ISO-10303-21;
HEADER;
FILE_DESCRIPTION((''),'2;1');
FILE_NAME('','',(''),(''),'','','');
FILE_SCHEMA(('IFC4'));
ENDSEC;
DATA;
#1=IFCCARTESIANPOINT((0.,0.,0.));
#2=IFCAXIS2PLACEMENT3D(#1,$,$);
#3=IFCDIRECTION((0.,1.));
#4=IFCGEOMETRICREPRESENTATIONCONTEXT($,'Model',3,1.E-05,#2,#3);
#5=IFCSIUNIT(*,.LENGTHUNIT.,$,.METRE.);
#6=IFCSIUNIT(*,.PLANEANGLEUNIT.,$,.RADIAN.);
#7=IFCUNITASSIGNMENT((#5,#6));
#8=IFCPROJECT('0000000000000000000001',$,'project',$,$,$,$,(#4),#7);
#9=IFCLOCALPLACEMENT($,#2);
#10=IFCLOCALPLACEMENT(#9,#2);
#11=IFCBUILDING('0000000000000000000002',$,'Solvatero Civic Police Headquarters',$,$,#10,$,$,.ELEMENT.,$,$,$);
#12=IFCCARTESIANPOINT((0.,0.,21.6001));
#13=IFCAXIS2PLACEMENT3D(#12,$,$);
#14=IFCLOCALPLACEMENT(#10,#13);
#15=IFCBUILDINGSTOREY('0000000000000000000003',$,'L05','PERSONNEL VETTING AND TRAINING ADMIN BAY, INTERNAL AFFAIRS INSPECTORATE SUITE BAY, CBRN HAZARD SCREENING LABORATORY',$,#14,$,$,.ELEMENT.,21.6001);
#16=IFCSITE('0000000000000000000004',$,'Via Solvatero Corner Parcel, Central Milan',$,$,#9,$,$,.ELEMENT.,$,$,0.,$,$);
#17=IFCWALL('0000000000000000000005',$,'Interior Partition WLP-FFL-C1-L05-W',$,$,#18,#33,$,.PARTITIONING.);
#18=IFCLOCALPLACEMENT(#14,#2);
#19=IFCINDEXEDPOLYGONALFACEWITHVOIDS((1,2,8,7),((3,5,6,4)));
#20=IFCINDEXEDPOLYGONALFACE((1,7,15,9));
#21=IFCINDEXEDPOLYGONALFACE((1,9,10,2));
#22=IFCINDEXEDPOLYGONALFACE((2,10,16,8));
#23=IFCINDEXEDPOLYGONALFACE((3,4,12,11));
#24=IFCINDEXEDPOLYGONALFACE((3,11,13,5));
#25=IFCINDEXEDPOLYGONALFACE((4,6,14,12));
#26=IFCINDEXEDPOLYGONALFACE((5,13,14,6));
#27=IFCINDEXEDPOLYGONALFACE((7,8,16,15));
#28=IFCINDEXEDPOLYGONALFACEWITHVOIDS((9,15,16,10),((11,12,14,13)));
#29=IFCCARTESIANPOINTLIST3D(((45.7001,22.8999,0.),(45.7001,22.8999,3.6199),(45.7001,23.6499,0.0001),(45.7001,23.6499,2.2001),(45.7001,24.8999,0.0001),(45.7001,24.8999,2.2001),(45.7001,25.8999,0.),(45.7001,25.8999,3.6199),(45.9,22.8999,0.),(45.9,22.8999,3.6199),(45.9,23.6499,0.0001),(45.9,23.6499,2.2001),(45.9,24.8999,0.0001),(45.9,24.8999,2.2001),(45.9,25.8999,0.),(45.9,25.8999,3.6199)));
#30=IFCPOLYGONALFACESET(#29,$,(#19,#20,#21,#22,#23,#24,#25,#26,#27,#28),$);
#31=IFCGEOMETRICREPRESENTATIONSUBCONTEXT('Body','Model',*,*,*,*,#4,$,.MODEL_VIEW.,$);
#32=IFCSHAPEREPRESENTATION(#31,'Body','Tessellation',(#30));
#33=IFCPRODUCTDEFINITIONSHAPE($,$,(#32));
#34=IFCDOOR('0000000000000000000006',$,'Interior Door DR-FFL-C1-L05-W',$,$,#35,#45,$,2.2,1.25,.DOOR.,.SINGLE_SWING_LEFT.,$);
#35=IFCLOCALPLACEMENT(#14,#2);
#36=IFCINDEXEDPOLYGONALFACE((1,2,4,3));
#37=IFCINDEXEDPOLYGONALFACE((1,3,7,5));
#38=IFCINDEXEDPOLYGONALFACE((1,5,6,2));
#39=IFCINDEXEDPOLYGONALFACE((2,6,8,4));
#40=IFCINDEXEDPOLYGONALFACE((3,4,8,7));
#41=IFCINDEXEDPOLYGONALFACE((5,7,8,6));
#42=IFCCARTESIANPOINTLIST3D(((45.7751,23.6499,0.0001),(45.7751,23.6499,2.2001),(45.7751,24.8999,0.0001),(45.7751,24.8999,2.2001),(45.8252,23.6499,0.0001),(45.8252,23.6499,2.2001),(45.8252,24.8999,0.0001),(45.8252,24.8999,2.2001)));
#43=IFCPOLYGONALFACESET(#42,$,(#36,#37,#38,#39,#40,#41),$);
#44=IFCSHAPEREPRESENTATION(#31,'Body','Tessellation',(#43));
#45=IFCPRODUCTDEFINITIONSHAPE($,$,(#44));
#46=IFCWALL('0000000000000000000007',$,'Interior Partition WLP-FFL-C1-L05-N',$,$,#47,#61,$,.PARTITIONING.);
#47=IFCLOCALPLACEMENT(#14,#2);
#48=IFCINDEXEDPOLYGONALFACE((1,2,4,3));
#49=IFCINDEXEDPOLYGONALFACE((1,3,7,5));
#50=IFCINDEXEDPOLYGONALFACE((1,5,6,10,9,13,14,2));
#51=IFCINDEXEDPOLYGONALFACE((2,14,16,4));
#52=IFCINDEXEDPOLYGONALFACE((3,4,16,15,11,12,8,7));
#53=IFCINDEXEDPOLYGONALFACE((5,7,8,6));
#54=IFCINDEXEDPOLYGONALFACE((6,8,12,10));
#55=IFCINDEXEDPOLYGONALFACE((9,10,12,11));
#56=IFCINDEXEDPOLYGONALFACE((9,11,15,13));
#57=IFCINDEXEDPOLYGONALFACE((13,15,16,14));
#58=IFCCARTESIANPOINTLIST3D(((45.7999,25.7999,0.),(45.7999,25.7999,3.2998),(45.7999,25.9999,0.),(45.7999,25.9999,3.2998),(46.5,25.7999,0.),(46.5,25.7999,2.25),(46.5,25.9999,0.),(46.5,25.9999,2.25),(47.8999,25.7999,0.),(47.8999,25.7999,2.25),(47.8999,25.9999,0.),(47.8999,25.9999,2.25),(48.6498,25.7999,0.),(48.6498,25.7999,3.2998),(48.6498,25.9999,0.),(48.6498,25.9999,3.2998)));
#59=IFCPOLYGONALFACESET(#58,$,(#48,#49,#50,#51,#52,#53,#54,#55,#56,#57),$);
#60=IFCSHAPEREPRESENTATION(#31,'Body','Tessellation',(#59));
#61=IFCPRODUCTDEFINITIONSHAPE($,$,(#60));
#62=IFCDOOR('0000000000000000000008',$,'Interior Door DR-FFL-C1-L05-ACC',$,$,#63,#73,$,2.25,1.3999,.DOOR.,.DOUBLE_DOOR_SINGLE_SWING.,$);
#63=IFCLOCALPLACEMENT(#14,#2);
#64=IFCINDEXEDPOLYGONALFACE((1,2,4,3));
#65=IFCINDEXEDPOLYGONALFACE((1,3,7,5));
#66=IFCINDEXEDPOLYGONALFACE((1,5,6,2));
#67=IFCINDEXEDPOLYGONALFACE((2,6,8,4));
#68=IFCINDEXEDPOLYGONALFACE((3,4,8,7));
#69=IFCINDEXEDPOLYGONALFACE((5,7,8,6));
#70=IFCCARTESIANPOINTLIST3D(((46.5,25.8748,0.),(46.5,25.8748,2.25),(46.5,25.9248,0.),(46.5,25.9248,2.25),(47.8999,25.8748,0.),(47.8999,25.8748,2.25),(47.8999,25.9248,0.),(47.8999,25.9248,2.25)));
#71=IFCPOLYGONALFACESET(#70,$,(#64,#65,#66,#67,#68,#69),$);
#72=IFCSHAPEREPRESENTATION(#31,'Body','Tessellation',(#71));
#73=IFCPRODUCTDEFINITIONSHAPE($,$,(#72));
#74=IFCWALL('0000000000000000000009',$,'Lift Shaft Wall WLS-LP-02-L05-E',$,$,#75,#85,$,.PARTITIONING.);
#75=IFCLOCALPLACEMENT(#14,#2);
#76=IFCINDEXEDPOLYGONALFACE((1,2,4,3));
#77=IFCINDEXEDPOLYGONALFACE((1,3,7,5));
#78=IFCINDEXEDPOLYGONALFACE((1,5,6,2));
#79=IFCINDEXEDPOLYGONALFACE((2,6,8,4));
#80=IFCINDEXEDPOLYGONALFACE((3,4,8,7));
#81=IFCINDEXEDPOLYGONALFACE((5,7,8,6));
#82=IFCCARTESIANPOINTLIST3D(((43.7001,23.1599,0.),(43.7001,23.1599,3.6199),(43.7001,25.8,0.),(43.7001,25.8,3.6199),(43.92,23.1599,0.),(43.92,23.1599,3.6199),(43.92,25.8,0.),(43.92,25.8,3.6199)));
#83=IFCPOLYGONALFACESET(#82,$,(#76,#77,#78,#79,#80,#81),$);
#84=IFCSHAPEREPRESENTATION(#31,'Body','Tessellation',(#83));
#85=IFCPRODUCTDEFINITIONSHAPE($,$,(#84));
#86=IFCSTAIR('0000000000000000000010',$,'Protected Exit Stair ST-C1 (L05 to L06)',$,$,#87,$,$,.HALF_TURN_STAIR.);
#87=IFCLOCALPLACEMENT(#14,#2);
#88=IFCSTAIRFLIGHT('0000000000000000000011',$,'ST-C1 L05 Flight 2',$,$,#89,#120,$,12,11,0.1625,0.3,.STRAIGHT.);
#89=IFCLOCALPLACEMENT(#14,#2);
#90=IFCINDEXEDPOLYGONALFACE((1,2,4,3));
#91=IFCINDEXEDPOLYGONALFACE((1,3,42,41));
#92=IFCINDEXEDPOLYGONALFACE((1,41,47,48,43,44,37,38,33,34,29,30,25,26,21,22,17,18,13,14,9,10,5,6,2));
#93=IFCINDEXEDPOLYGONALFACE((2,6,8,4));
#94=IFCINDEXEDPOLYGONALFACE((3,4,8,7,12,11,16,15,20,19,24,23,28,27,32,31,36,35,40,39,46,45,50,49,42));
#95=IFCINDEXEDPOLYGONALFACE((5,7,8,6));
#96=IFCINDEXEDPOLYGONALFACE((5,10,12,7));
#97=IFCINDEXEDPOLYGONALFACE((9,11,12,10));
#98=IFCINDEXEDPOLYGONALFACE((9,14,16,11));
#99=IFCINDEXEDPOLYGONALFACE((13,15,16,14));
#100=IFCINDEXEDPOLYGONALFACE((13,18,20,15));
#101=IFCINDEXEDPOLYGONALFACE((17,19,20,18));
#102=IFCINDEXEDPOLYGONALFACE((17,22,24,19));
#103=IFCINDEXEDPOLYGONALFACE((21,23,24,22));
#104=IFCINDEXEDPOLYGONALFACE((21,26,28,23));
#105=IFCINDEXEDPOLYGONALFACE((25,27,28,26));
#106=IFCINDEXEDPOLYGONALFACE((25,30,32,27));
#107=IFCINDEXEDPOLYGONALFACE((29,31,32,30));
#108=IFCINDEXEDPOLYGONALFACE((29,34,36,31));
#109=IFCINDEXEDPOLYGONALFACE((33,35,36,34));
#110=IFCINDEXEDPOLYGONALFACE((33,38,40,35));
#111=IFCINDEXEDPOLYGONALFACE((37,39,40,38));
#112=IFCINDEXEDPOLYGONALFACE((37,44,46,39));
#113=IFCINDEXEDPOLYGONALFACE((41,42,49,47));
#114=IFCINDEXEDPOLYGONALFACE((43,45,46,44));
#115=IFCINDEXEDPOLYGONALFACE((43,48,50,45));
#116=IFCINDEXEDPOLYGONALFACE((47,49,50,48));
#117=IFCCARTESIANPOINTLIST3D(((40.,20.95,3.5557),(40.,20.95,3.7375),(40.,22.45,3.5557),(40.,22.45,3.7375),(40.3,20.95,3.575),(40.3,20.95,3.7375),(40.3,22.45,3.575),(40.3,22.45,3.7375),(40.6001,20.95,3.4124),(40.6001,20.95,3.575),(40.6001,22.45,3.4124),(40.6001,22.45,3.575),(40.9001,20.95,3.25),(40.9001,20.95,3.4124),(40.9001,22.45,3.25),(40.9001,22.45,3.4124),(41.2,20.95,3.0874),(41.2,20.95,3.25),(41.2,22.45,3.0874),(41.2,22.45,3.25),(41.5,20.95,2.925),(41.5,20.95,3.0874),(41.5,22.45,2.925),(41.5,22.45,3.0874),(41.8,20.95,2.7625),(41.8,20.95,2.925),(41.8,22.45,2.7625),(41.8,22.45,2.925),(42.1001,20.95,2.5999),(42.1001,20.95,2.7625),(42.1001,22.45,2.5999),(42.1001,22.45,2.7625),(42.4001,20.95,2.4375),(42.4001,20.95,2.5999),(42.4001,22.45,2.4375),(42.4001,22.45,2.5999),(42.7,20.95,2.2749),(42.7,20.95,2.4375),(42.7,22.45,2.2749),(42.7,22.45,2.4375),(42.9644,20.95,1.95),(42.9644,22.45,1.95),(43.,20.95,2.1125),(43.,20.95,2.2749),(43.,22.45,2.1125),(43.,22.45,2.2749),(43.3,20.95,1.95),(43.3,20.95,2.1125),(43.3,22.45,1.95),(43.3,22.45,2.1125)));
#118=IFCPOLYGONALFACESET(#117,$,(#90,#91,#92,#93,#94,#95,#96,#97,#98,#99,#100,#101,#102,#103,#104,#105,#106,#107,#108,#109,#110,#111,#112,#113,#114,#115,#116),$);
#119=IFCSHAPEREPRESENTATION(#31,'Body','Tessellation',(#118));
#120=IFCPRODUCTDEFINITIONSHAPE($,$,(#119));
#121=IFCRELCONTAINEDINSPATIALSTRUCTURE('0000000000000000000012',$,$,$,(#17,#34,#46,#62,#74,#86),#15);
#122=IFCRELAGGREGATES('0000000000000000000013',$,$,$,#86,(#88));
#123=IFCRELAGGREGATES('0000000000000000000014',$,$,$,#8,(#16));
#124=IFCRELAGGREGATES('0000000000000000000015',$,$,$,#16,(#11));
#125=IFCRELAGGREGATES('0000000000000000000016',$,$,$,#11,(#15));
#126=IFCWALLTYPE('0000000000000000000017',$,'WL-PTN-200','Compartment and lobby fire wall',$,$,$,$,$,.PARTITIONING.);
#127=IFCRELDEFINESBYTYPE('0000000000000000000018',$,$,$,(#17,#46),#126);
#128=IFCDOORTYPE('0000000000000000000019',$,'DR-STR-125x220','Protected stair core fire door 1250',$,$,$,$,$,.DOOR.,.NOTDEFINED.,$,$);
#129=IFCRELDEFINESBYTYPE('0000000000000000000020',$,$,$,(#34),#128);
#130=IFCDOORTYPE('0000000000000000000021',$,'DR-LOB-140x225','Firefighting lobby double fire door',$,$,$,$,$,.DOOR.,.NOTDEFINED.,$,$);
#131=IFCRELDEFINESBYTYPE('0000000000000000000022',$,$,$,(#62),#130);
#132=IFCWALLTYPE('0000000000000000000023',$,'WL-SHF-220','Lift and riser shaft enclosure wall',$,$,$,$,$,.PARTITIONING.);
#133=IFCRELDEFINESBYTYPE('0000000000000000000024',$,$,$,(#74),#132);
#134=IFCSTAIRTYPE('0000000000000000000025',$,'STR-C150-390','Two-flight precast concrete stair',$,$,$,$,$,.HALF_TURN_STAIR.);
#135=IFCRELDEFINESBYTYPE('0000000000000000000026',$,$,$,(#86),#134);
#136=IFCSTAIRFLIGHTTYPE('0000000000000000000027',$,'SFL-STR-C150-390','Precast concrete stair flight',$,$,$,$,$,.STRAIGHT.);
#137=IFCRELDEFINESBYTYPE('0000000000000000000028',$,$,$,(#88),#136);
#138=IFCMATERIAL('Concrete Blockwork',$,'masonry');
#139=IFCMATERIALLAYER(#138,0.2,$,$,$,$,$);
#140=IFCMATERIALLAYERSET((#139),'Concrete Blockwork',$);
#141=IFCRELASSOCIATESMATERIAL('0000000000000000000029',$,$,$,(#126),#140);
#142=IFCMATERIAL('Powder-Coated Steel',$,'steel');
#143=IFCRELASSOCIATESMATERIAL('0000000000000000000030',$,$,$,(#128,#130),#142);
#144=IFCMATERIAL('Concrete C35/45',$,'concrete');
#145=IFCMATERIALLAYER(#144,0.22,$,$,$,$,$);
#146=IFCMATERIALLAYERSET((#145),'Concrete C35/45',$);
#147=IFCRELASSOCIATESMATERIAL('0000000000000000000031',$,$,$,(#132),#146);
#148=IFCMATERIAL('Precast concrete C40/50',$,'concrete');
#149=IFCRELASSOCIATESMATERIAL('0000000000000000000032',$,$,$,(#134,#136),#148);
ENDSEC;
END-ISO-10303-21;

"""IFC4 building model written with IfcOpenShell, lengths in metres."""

from ifc_helpers import new_model, si_unit, direction, frame, frame_2d, origin, place, context, subcontext, project, spatial, polyline, rectangle, outline, extrude, material, layer, layer_set, type_object, element, fill, aggregate, save


model = new_model("IFC4")

# Units and contexts
model_context = context("Model", 3, precision=1e-05, world=origin(), true_north=direction((0.0, 1.0)))
body_context = subcontext(model_context, "Body", "Model", "MODEL_VIEW")
ifc_project = project(units=[si_unit("LENGTHUNIT", "METRE"), si_unit("PLANEANGLEUNIT", "RADIAN")], contexts=[model_context])

# Site, building, storey
site_placement = place(None, origin())
site = spatial("IfcSite", under=ifc_project, at=site_placement, Name="Via Solvatero Corner Parcel, Central Milan", CompositionType="ELEMENT", RefElevation=0.0)
building_placement = place(site_placement, origin())
building = spatial("IfcBuilding", under=site, at=building_placement, Name="Solvatero Civic Police Headquarters", CompositionType="ELEMENT")
storey_placement = place(building_placement, frame((0.0, 0.0, 21.6001)))
storey = spatial("IfcBuildingStorey", under=building, at=storey_placement, Name="L05", Description="PERSONNEL VETTING AND TRAINING ADMIN BAY, INTERNAL AFFAIRS INSPECTORATE SUITE BAY, CBRN HAZARD SCREENING LABORATORY", CompositionType="ELEMENT", Elevation=21.6001)

# Walls, openings, doors
ifc_material_1 = material(Name="Concrete Blockwork", Category="masonry")
ifc_layer_1 = layer(ifc_material_1, 0.2)
ifc_layer_set_1 = layer_set([ifc_layer_1], Name="Concrete Blockwork")
wall_type_1 = type_object("IfcWallType", Name="WL-PTN-200", Description="Compartment and lobby fire wall", PredefinedType="PARTITIONING", material=ifc_layer_set_1)
wall_1_placement = place(storey_placement, frame((45.8, 22.8999, 0.0), z_axis=(0.0, 0.0, 1.0), x_axis=(0.0, 1.0, 0.0)))
wall_1 = element("IfcWall", 1, at=wall_1_placement, inside=storey, type_object=wall_type_1, Name="Interior Partition WLP-FFL-C1-L05-W", PredefinedType="PARTITIONING", context=body_context, shape_type="SweptSolid", body=[
    extrude(rectangle(XDim=3.0, YDim=0.2, at=frame_2d((1.5, 0.0))), origin(), (0.0, 0.0, 1.0), 3.6199),
])
opening_1_placement = place(wall_1_placement, frame((0.75, 0.0, 0.0)))
opening_1 = element("IfcOpeningElement", 2, at=opening_1_placement, cuts=wall_1, PredefinedType="OPENING", context=body_context, shape_type="SweptSolid", body=[
    extrude(rectangle(XDim=1.25, YDim=2.2, at=frame_2d((0.625, 1.1001))), frame((0.0, 0.1099, 0.0), z_axis=(0.0, -1.0, 0.0), x_axis=(1.0, 0.0, 0.0)), (0.0, 0.0, 1.0), 0.22),
])
ifc_material_2 = material(Name="Powder-Coated Steel", Category="steel")
door_type_1 = type_object("IfcDoorType", Name="DR-STR-125x220", Description="Protected stair core fire door 1250", OperationType="NOTDEFINED", PredefinedType="DOOR", material=ifc_material_2)
door_1_placement = place(opening_1_placement, origin())
door_1 = element("IfcDoor", 3, at=door_1_placement, inside=storey, type_object=door_type_1, Name="Interior Door DR-FFL-C1-L05-W", OperationType="SINGLE_SWING_LEFT", OverallHeight=2.2, OverallWidth=1.25, PredefinedType="DOOR", context=body_context, shape_type="SweptSolid", body=[
    extrude(rectangle(XDim=1.25, YDim=2.2, at=frame_2d((0.625, 1.1001))), frame((0.0, 0.0249, 0.0), z_axis=(0.0, -1.0, 0.0), x_axis=(1.0, 0.0, 0.0)), (0.0, 0.0, 1.0), 0.05),
])
fill(opening_1, door_1)
wall_2_placement = place(storey_placement, frame((45.8, 25.8999, 0.0), z_axis=(0.0, 0.0, 1.0), x_axis=(1.0, 0.0, 0.0)))
wall_2 = element("IfcWall", 4, at=wall_2_placement, inside=storey, type_object=wall_type_1, Name="Interior Partition WLP-FFL-C1-L05-N", PredefinedType="PARTITIONING", context=body_context, shape_type="SweptSolid", body=[
    extrude(rectangle(XDim=2.8499, YDim=0.2, at=frame_2d((1.4248, 0.0))), origin(), (0.0, 0.0, 1.0), 3.2998),
])
opening_2_placement = place(wall_2_placement, frame((0.7, 0.0, 0.0)))
opening_2 = element("IfcOpeningElement", 5, at=opening_2_placement, cuts=wall_2, PredefinedType="OPENING", context=body_context, shape_type="SweptSolid", body=[
    extrude(rectangle(XDim=1.3999, YDim=2.25, at=frame_2d((0.7, 1.125))), frame((0.0, 0.1099, 0.0), z_axis=(0.0, -1.0, 0.0), x_axis=(1.0, 0.0, 0.0)), (0.0, 0.0, 1.0), 0.22),
])
door_type_2 = type_object("IfcDoorType", Name="DR-LOB-140x225", Description="Firefighting lobby double fire door", OperationType="NOTDEFINED", PredefinedType="DOOR", material=ifc_material_2)
door_2_placement = place(opening_2_placement, origin())
door_2 = element("IfcDoor", 6, at=door_2_placement, inside=storey, type_object=door_type_2, Name="Interior Door DR-FFL-C1-L05-ACC", OperationType="DOUBLE_DOOR_SINGLE_SWING", OverallHeight=2.25, OverallWidth=1.3999, PredefinedType="DOOR", context=body_context, shape_type="SweptSolid", body=[
    extrude(rectangle(XDim=1.3999, YDim=2.25, at=frame_2d((0.7, 1.125))), frame((0.0, 0.0249, 0.0), z_axis=(0.0, -1.0, 0.0), x_axis=(1.0, 0.0, 0.0)), (0.0, 0.0, 1.0), 0.05),
])
fill(opening_2, door_2)
ifc_material_3 = material(Name="Concrete C35/45", Category="concrete")
ifc_layer_2 = layer(ifc_material_3, 0.22)
ifc_layer_set_2 = layer_set([ifc_layer_2], Name="Concrete C35/45")
wall_type_2 = type_object("IfcWallType", Name="WL-SHF-220", Description="Lift and riser shaft enclosure wall", PredefinedType="PARTITIONING", material=ifc_layer_set_2)

# Wall
wall_3_placement = place(storey_placement, frame((43.8101, 23.1599, 0.0), z_axis=(0.0, 0.0, 1.0), x_axis=(0.0, 1.0, 0.0)))
element("IfcWall", 7, at=wall_3_placement, inside=storey, type_object=wall_type_2, Name="Lift Shaft Wall WLS-LP-02-L05-E", PredefinedType="PARTITIONING", context=body_context, shape_type="SweptSolid", body=[
    extrude(rectangle(XDim=2.6401, YDim=0.22, at=frame_2d((1.3201, 0.0))), origin(), (0.0, 0.0, 1.0), 3.6199),
])

# Stair, stair flight
ifc_material_4 = material(Name="Precast concrete C40/50", Category="concrete")
stair_type = type_object("IfcStairType", Name="STR-C150-390", Description="Two-flight precast concrete stair", PredefinedType="HALF_TURN_STAIR", material=ifc_material_4)
stair_placement = place(storey_placement, origin())
stair = element("IfcStair", 8, at=stair_placement, inside=storey, type_object=stair_type, Name="Protected Exit Stair ST-C1 (L05 to L06)", PredefinedType="HALF_TURN_STAIR")
stair_flight_type = type_object("IfcStairFlightType", Name="SFL-STR-C150-390", Description="Precast concrete stair flight", PredefinedType="STRAIGHT", material=ifc_material_4)
stair_flight_placement = place(storey_placement, frame((43.3, 21.7, 1.95), z_axis=(0.0, 0.0, 1.0), x_axis=(-1.0, 0.0, 0.0)))
stair_flight = element("IfcStairFlight", 9, at=stair_flight_placement, type_object=stair_flight_type, Name="ST-C1 L05 Flight 2", NumberOfRisers=12, NumberOfTreads=11, PredefinedType="STRAIGHT", RiserHeight=0.1625, TreadLength=0.3, context=body_context, shape_type="SweptSolid", body=[
    extrude(outline(polyline([(0.0, 0.0), (0.0, 0.1626), (0.3, 0.1626), (0.3, 0.325), (0.6001, 0.325), (0.6001, 0.4875), (0.8999, 0.4875), (0.8999, 0.6499), (1.2, 0.6499), (1.2, 0.8125), (1.5, 0.8125), (1.5, 0.9751), (1.8, 0.9751), (1.8, 1.1375), (2.1001, 1.1375), (2.1001, 1.3), (2.3999, 1.3), (2.3999, 1.4624), (2.7, 1.4624), (2.7, 1.625), (3.0, 1.625), (3.0, 1.7876), (3.3, 1.7876), (3.3, 1.95), (3.3, 1.6057), (0.3357, 0.0), (0.0, 0.0)])), frame((0.0, 0.75, 0.0), z_axis=(0.0, -1.0, 0.0), x_axis=(1.0, 0.0, 0.0)), (0.0, 0.0, 1.0), 1.5),
])
aggregate(stair, [stair_flight])

save(model, "model.ifc")
